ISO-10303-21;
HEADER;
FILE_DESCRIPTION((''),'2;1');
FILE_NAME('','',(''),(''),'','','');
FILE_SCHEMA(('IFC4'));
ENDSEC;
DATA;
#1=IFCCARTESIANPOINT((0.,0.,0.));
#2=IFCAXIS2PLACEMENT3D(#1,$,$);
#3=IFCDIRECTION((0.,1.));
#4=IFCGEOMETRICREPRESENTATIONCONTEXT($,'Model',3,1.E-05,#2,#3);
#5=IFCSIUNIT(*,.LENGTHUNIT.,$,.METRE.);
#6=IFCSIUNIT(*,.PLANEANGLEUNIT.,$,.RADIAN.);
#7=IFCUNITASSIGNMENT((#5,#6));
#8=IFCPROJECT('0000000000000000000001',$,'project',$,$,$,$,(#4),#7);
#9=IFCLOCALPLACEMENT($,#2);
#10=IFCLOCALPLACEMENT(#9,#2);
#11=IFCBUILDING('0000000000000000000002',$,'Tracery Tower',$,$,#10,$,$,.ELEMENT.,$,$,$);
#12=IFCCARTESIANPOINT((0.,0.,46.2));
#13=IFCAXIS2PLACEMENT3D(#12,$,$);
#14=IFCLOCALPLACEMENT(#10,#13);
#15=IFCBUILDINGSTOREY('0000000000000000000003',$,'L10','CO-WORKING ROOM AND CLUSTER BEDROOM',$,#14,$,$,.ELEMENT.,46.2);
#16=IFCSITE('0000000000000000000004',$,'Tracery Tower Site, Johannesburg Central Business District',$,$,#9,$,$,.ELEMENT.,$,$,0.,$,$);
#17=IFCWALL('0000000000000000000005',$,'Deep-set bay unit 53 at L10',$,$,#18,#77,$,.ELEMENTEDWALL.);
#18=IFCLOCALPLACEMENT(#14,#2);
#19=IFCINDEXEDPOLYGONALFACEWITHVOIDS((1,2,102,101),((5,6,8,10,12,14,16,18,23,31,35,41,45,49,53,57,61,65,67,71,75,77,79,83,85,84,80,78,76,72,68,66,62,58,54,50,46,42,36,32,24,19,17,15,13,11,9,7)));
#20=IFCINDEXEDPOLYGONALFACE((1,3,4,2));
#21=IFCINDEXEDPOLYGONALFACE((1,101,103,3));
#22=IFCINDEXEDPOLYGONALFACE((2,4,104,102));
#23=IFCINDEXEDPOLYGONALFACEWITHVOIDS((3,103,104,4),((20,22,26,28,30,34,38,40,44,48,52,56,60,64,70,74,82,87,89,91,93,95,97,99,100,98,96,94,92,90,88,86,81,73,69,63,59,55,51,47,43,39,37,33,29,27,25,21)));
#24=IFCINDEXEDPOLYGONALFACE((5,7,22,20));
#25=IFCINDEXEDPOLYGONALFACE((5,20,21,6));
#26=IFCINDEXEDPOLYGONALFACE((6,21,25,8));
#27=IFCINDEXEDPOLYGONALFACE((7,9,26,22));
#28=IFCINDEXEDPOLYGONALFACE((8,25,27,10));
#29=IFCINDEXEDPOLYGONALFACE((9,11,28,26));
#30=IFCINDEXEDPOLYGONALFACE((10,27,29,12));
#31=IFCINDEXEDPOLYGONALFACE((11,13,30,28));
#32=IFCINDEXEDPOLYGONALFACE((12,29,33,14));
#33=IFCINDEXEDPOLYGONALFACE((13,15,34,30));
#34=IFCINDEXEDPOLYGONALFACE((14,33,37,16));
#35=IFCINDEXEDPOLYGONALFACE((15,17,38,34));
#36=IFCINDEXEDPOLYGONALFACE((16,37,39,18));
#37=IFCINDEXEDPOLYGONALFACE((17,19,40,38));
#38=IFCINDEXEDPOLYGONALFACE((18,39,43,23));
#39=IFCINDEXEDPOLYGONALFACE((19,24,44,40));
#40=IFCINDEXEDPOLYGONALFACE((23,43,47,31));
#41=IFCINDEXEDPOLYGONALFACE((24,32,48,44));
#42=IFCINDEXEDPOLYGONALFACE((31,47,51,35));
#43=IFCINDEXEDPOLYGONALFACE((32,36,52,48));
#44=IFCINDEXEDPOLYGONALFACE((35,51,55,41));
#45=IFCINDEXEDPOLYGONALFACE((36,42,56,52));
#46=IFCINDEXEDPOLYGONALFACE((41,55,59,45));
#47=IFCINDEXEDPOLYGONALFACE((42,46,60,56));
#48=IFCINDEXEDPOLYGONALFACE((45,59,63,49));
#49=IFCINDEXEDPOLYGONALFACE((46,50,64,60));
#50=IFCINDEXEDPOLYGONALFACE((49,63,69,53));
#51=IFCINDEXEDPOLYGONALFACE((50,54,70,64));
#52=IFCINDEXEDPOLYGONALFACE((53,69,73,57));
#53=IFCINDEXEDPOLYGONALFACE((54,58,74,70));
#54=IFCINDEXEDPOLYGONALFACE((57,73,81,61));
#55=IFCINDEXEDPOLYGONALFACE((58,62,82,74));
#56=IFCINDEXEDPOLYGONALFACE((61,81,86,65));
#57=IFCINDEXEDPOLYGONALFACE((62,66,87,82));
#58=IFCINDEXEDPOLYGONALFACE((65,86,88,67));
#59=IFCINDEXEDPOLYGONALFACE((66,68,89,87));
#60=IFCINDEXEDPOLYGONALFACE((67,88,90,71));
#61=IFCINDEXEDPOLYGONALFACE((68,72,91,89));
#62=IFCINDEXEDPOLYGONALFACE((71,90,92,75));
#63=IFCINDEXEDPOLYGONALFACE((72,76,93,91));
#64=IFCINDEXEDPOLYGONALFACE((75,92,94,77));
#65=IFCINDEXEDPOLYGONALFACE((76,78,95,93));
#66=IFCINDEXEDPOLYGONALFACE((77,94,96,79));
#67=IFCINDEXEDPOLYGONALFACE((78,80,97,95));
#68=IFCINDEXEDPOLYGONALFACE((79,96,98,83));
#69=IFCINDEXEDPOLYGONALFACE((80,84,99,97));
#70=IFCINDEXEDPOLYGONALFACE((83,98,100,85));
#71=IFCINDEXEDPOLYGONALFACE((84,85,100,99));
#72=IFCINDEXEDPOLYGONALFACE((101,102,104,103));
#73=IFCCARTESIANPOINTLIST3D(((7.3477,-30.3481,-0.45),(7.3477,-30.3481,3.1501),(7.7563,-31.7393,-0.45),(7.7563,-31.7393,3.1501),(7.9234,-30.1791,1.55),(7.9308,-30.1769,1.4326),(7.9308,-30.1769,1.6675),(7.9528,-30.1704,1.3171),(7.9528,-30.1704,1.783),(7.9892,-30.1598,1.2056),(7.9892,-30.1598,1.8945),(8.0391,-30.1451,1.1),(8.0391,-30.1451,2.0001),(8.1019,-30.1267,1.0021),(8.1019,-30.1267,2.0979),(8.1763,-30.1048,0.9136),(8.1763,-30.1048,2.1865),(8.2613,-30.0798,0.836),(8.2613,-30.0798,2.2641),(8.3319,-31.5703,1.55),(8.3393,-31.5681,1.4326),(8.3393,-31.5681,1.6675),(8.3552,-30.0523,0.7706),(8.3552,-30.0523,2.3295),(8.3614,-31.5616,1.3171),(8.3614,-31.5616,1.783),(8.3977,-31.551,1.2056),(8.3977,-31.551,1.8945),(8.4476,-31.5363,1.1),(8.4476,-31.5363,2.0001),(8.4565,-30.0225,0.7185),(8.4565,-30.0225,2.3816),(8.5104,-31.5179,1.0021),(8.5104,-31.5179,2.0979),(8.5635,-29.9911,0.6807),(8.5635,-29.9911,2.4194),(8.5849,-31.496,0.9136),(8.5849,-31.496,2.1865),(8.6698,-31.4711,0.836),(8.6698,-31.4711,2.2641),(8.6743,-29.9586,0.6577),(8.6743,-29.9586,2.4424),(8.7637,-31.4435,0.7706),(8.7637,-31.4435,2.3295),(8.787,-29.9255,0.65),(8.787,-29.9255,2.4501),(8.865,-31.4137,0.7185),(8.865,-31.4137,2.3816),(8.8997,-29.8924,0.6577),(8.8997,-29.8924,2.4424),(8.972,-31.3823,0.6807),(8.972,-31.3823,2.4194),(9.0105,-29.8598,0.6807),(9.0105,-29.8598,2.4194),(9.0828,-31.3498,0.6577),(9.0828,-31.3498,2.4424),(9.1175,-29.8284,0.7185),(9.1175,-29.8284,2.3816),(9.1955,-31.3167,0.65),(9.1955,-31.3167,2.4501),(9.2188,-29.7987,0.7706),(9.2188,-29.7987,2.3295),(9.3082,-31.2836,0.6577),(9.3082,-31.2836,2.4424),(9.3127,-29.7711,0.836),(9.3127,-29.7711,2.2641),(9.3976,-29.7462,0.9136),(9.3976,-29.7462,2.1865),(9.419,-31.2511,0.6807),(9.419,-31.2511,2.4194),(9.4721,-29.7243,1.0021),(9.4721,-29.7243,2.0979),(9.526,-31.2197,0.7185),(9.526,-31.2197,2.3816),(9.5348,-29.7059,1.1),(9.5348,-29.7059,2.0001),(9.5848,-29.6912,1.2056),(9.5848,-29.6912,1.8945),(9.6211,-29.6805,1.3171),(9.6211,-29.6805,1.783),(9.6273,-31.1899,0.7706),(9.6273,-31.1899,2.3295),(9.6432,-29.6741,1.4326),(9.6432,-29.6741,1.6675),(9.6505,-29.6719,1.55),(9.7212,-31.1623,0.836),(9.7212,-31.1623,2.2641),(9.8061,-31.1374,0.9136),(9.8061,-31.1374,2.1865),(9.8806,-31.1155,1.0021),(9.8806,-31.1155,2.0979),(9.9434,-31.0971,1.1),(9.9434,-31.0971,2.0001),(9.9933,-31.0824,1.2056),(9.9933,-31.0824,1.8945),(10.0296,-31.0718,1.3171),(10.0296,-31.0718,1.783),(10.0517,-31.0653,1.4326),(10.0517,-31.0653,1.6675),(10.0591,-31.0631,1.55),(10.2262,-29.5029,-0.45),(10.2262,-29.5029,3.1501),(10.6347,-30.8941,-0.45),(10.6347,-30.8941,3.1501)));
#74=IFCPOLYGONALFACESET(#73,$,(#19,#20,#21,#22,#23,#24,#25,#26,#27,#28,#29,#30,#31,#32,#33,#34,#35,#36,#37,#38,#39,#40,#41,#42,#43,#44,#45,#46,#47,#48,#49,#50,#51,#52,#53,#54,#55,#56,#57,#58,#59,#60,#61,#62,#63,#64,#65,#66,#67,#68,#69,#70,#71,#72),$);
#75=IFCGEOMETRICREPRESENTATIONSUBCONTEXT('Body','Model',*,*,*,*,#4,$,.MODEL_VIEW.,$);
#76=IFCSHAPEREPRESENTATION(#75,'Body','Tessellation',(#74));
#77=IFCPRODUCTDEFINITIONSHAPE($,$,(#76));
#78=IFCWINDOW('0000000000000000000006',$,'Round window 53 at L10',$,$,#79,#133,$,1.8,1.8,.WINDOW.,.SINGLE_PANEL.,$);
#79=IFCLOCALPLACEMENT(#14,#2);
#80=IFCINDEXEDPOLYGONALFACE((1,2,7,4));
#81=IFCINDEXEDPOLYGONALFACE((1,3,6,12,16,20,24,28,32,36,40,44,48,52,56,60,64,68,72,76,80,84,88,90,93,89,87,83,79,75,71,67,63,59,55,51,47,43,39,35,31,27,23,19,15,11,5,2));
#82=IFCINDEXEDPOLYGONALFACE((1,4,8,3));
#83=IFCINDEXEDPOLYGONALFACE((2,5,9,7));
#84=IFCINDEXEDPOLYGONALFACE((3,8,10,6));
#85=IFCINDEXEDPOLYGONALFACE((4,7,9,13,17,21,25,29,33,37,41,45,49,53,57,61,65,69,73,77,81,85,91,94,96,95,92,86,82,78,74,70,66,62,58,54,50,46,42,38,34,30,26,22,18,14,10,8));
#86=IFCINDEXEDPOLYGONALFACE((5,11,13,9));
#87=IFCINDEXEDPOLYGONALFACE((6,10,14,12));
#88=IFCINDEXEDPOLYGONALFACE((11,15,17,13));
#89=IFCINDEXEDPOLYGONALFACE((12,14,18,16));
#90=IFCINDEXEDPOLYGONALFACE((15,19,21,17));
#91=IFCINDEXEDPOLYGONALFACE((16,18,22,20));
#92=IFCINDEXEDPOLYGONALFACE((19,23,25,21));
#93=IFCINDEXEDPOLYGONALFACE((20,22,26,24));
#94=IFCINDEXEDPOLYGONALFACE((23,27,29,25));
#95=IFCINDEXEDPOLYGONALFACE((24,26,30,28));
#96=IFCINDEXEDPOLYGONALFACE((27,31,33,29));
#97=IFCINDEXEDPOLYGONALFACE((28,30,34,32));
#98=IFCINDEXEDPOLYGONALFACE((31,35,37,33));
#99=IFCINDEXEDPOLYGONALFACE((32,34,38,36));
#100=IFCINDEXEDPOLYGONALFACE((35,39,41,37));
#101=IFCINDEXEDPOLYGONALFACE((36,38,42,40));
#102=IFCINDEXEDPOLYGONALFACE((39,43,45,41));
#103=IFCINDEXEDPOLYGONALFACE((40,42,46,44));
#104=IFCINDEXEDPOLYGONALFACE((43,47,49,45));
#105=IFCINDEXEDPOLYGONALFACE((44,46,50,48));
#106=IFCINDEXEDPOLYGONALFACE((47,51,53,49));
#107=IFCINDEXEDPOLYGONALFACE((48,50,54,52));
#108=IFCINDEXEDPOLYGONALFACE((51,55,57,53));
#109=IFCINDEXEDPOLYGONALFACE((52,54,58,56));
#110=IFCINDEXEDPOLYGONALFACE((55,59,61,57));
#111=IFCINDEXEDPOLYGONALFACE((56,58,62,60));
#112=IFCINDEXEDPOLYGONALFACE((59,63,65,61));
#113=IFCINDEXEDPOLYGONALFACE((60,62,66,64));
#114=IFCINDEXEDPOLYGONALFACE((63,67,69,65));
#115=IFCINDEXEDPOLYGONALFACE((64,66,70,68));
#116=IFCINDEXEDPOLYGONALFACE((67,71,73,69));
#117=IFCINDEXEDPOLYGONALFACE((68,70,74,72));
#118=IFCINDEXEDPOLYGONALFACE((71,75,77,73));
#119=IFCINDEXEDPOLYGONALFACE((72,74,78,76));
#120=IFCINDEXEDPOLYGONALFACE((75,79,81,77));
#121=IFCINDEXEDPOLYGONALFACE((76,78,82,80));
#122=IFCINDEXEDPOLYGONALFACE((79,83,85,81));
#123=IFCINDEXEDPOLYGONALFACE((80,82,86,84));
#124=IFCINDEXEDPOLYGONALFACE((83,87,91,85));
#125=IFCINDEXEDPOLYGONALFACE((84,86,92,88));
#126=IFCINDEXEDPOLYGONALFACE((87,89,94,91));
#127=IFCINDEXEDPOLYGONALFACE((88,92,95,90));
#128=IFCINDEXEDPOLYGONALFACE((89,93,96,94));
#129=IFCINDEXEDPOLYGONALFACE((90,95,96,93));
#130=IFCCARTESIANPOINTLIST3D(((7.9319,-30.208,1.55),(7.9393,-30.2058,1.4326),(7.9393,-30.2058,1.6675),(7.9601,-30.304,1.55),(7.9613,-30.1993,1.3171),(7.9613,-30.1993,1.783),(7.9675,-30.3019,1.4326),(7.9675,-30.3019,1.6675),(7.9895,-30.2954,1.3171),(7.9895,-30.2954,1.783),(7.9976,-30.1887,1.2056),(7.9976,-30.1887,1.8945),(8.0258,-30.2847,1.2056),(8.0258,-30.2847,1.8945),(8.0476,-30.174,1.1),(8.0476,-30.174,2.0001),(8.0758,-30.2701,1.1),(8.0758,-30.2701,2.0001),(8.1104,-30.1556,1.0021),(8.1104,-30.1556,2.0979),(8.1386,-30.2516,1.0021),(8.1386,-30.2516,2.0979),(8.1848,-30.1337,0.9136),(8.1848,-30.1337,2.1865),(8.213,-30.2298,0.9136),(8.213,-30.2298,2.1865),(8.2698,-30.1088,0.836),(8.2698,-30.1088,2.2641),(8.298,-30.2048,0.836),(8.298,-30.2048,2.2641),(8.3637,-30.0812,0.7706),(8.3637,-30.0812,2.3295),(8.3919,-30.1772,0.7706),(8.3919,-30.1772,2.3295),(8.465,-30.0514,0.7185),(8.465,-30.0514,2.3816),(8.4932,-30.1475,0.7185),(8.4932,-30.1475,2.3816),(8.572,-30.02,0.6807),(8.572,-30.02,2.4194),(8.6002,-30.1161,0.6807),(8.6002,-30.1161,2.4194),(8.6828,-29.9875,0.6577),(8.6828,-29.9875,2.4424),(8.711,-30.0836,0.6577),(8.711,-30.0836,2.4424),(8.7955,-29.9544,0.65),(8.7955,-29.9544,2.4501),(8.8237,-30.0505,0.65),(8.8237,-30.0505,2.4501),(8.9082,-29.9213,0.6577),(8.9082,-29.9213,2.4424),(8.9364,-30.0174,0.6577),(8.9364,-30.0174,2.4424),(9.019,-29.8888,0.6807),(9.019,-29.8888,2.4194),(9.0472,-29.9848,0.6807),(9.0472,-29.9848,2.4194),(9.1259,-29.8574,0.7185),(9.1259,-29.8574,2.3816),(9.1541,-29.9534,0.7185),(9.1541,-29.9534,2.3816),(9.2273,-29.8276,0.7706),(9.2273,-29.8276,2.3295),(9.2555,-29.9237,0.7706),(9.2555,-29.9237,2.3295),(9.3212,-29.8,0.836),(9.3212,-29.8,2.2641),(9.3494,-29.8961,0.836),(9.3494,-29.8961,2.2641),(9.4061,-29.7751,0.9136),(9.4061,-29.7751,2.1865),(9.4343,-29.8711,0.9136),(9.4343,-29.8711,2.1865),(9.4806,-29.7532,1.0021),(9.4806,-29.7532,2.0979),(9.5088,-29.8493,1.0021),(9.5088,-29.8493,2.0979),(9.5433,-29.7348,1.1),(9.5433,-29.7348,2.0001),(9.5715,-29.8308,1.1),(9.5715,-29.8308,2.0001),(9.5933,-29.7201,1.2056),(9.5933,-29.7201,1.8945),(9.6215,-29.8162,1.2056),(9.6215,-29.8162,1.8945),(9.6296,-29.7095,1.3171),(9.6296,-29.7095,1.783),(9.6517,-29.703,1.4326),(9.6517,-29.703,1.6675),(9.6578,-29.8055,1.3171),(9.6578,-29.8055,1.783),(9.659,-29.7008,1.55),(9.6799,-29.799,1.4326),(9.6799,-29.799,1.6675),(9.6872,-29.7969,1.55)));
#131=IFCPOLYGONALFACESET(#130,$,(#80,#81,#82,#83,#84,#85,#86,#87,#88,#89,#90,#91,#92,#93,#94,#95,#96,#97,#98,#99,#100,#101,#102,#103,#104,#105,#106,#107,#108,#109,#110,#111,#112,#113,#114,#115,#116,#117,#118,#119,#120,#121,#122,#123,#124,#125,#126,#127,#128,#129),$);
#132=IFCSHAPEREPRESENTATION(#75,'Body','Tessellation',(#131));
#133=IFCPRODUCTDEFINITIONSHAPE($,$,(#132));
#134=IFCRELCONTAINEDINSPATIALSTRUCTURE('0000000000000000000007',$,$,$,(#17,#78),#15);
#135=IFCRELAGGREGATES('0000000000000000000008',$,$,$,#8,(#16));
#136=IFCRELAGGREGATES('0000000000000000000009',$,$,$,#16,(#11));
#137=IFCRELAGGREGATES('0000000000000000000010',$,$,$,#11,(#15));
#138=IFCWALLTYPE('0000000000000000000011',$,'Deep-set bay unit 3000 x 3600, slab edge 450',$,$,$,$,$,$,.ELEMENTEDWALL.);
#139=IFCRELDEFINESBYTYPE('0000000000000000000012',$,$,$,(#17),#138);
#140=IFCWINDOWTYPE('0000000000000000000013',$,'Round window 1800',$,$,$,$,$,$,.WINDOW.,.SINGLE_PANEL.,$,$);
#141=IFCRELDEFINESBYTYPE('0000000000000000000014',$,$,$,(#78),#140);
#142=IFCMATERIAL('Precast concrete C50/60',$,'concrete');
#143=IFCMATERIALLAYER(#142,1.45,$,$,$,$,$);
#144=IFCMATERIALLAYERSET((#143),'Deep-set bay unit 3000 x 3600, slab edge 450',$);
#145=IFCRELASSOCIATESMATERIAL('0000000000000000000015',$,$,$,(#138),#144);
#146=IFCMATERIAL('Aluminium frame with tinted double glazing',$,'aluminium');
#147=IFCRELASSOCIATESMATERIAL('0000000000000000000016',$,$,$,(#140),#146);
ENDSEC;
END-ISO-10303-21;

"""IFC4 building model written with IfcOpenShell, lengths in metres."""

from ifc_helpers import new_model, si_unit, direction, frame, frame_2d, origin, origin_2d, place, context, subcontext, project, spatial, rectangle, circle, extrude, material, layer, layer_set, type_object, element, fill, save


model = new_model("IFC4")

# Units and contexts
model_context = context("Model", 3, precision=1e-05, world=origin(), true_north=direction((0.0, 1.0)))
body_context = subcontext(model_context, "Body", "Model", "MODEL_VIEW")
ifc_project = project(units=[si_unit("LENGTHUNIT", "METRE"), si_unit("PLANEANGLEUNIT", "RADIAN")], contexts=[model_context])

# Site, building, storey
site_placement = place(None, origin())
site = spatial("IfcSite", under=ifc_project, at=site_placement, Name="Tracery Tower Site, Johannesburg Central Business District", CompositionType="ELEMENT", RefElevation=0.0)
building_placement = place(site_placement, origin())
building = spatial("IfcBuilding", under=site, at=building_placement, Name="Tracery Tower", CompositionType="ELEMENT")
storey_placement = place(building_placement, frame((0.0, 0.0, 46.2)))
storey = spatial("IfcBuildingStorey", under=building, at=storey_placement, Name="L10", Description="CO-WORKING ROOM AND CLUSTER BEDROOM", CompositionType="ELEMENT", Elevation=46.2)

# Wall, opening, window
ifc_material_1 = material(Name="Precast concrete C50/60", Category="concrete")
ifc_layer_1 = layer(ifc_material_1, 1.45)
ifc_layer_set_1 = layer_set([ifc_layer_1], Name="Deep-set bay unit 3000 x 3600, slab edge 450")
wall_type_1 = type_object("IfcWallType", Name="Deep-set bay unit 3000 x 3600, slab edge 450", PredefinedType="ELEMENTEDWALL", material=ifc_layer_set_1)
wall_1_placement = place(storey_placement, frame((7.552, -31.0437, -0.45), z_axis=(0.0, 0.0, 1.0), x_axis=(0.95949, 0.281743, 0.0)))
wall_1 = element("IfcWall", 1, at=wall_1_placement, inside=storey, type_object=wall_type_1, Name="Deep-set bay unit 53 at L10", PredefinedType="ELEMENTEDWALL", context=body_context, shape_type="SweptSolid", body=[
    extrude(rectangle(XDim=3.0, YDim=1.45, at=frame_2d((1.5, 0.0))), origin(), (0.0, 0.0, 1.0), 3.6001),
])
opening_1_placement = place(wall_1_placement, frame((1.5, 0.0, 2.0)))
opening_1 = element("IfcOpeningElement", 2, at=opening_1_placement, cuts=wall_1, PredefinedType="OPENING", context=body_context, shape_type="SweptSolid", body=[
    extrude(circle(Radius=0.9, at=origin_2d()), frame((0.0, 0.7349, 0.0), z_axis=(0.0, -1.0, 0.0), x_axis=(1.0, 0.0, 0.0)), (0.0, 0.0, 1.0), 1.47),
])
ifc_material_2 = material(Name="Aluminium frame with tinted double glazing", Category="aluminium")
window_type = type_object("IfcWindowType", Name="Round window 1800", PartitioningType="SINGLE_PANEL", PredefinedType="WINDOW", material=ifc_material_2)
window_1_placement = place(opening_1_placement, origin())
window_1 = element("IfcWindow", 3, at=window_1_placement, inside=storey, type_object=window_type, Name="Round window 53 at L10", OverallHeight=1.8, OverallWidth=1.8, PartitioningType="SINGLE_PANEL", PredefinedType="WINDOW", context=body_context, shape_type="SweptSolid", body=[
    extrude(circle(Radius=0.9, at=origin_2d()), frame((0.0, 0.6948, 0.0), z_axis=(0.0, -1.0, 0.0), x_axis=(1.0, 0.0, 0.0)), (0.0, 0.0, 1.0), 0.1001),
])
fill(opening_1, window_1)

save(model, "model.ifc")
